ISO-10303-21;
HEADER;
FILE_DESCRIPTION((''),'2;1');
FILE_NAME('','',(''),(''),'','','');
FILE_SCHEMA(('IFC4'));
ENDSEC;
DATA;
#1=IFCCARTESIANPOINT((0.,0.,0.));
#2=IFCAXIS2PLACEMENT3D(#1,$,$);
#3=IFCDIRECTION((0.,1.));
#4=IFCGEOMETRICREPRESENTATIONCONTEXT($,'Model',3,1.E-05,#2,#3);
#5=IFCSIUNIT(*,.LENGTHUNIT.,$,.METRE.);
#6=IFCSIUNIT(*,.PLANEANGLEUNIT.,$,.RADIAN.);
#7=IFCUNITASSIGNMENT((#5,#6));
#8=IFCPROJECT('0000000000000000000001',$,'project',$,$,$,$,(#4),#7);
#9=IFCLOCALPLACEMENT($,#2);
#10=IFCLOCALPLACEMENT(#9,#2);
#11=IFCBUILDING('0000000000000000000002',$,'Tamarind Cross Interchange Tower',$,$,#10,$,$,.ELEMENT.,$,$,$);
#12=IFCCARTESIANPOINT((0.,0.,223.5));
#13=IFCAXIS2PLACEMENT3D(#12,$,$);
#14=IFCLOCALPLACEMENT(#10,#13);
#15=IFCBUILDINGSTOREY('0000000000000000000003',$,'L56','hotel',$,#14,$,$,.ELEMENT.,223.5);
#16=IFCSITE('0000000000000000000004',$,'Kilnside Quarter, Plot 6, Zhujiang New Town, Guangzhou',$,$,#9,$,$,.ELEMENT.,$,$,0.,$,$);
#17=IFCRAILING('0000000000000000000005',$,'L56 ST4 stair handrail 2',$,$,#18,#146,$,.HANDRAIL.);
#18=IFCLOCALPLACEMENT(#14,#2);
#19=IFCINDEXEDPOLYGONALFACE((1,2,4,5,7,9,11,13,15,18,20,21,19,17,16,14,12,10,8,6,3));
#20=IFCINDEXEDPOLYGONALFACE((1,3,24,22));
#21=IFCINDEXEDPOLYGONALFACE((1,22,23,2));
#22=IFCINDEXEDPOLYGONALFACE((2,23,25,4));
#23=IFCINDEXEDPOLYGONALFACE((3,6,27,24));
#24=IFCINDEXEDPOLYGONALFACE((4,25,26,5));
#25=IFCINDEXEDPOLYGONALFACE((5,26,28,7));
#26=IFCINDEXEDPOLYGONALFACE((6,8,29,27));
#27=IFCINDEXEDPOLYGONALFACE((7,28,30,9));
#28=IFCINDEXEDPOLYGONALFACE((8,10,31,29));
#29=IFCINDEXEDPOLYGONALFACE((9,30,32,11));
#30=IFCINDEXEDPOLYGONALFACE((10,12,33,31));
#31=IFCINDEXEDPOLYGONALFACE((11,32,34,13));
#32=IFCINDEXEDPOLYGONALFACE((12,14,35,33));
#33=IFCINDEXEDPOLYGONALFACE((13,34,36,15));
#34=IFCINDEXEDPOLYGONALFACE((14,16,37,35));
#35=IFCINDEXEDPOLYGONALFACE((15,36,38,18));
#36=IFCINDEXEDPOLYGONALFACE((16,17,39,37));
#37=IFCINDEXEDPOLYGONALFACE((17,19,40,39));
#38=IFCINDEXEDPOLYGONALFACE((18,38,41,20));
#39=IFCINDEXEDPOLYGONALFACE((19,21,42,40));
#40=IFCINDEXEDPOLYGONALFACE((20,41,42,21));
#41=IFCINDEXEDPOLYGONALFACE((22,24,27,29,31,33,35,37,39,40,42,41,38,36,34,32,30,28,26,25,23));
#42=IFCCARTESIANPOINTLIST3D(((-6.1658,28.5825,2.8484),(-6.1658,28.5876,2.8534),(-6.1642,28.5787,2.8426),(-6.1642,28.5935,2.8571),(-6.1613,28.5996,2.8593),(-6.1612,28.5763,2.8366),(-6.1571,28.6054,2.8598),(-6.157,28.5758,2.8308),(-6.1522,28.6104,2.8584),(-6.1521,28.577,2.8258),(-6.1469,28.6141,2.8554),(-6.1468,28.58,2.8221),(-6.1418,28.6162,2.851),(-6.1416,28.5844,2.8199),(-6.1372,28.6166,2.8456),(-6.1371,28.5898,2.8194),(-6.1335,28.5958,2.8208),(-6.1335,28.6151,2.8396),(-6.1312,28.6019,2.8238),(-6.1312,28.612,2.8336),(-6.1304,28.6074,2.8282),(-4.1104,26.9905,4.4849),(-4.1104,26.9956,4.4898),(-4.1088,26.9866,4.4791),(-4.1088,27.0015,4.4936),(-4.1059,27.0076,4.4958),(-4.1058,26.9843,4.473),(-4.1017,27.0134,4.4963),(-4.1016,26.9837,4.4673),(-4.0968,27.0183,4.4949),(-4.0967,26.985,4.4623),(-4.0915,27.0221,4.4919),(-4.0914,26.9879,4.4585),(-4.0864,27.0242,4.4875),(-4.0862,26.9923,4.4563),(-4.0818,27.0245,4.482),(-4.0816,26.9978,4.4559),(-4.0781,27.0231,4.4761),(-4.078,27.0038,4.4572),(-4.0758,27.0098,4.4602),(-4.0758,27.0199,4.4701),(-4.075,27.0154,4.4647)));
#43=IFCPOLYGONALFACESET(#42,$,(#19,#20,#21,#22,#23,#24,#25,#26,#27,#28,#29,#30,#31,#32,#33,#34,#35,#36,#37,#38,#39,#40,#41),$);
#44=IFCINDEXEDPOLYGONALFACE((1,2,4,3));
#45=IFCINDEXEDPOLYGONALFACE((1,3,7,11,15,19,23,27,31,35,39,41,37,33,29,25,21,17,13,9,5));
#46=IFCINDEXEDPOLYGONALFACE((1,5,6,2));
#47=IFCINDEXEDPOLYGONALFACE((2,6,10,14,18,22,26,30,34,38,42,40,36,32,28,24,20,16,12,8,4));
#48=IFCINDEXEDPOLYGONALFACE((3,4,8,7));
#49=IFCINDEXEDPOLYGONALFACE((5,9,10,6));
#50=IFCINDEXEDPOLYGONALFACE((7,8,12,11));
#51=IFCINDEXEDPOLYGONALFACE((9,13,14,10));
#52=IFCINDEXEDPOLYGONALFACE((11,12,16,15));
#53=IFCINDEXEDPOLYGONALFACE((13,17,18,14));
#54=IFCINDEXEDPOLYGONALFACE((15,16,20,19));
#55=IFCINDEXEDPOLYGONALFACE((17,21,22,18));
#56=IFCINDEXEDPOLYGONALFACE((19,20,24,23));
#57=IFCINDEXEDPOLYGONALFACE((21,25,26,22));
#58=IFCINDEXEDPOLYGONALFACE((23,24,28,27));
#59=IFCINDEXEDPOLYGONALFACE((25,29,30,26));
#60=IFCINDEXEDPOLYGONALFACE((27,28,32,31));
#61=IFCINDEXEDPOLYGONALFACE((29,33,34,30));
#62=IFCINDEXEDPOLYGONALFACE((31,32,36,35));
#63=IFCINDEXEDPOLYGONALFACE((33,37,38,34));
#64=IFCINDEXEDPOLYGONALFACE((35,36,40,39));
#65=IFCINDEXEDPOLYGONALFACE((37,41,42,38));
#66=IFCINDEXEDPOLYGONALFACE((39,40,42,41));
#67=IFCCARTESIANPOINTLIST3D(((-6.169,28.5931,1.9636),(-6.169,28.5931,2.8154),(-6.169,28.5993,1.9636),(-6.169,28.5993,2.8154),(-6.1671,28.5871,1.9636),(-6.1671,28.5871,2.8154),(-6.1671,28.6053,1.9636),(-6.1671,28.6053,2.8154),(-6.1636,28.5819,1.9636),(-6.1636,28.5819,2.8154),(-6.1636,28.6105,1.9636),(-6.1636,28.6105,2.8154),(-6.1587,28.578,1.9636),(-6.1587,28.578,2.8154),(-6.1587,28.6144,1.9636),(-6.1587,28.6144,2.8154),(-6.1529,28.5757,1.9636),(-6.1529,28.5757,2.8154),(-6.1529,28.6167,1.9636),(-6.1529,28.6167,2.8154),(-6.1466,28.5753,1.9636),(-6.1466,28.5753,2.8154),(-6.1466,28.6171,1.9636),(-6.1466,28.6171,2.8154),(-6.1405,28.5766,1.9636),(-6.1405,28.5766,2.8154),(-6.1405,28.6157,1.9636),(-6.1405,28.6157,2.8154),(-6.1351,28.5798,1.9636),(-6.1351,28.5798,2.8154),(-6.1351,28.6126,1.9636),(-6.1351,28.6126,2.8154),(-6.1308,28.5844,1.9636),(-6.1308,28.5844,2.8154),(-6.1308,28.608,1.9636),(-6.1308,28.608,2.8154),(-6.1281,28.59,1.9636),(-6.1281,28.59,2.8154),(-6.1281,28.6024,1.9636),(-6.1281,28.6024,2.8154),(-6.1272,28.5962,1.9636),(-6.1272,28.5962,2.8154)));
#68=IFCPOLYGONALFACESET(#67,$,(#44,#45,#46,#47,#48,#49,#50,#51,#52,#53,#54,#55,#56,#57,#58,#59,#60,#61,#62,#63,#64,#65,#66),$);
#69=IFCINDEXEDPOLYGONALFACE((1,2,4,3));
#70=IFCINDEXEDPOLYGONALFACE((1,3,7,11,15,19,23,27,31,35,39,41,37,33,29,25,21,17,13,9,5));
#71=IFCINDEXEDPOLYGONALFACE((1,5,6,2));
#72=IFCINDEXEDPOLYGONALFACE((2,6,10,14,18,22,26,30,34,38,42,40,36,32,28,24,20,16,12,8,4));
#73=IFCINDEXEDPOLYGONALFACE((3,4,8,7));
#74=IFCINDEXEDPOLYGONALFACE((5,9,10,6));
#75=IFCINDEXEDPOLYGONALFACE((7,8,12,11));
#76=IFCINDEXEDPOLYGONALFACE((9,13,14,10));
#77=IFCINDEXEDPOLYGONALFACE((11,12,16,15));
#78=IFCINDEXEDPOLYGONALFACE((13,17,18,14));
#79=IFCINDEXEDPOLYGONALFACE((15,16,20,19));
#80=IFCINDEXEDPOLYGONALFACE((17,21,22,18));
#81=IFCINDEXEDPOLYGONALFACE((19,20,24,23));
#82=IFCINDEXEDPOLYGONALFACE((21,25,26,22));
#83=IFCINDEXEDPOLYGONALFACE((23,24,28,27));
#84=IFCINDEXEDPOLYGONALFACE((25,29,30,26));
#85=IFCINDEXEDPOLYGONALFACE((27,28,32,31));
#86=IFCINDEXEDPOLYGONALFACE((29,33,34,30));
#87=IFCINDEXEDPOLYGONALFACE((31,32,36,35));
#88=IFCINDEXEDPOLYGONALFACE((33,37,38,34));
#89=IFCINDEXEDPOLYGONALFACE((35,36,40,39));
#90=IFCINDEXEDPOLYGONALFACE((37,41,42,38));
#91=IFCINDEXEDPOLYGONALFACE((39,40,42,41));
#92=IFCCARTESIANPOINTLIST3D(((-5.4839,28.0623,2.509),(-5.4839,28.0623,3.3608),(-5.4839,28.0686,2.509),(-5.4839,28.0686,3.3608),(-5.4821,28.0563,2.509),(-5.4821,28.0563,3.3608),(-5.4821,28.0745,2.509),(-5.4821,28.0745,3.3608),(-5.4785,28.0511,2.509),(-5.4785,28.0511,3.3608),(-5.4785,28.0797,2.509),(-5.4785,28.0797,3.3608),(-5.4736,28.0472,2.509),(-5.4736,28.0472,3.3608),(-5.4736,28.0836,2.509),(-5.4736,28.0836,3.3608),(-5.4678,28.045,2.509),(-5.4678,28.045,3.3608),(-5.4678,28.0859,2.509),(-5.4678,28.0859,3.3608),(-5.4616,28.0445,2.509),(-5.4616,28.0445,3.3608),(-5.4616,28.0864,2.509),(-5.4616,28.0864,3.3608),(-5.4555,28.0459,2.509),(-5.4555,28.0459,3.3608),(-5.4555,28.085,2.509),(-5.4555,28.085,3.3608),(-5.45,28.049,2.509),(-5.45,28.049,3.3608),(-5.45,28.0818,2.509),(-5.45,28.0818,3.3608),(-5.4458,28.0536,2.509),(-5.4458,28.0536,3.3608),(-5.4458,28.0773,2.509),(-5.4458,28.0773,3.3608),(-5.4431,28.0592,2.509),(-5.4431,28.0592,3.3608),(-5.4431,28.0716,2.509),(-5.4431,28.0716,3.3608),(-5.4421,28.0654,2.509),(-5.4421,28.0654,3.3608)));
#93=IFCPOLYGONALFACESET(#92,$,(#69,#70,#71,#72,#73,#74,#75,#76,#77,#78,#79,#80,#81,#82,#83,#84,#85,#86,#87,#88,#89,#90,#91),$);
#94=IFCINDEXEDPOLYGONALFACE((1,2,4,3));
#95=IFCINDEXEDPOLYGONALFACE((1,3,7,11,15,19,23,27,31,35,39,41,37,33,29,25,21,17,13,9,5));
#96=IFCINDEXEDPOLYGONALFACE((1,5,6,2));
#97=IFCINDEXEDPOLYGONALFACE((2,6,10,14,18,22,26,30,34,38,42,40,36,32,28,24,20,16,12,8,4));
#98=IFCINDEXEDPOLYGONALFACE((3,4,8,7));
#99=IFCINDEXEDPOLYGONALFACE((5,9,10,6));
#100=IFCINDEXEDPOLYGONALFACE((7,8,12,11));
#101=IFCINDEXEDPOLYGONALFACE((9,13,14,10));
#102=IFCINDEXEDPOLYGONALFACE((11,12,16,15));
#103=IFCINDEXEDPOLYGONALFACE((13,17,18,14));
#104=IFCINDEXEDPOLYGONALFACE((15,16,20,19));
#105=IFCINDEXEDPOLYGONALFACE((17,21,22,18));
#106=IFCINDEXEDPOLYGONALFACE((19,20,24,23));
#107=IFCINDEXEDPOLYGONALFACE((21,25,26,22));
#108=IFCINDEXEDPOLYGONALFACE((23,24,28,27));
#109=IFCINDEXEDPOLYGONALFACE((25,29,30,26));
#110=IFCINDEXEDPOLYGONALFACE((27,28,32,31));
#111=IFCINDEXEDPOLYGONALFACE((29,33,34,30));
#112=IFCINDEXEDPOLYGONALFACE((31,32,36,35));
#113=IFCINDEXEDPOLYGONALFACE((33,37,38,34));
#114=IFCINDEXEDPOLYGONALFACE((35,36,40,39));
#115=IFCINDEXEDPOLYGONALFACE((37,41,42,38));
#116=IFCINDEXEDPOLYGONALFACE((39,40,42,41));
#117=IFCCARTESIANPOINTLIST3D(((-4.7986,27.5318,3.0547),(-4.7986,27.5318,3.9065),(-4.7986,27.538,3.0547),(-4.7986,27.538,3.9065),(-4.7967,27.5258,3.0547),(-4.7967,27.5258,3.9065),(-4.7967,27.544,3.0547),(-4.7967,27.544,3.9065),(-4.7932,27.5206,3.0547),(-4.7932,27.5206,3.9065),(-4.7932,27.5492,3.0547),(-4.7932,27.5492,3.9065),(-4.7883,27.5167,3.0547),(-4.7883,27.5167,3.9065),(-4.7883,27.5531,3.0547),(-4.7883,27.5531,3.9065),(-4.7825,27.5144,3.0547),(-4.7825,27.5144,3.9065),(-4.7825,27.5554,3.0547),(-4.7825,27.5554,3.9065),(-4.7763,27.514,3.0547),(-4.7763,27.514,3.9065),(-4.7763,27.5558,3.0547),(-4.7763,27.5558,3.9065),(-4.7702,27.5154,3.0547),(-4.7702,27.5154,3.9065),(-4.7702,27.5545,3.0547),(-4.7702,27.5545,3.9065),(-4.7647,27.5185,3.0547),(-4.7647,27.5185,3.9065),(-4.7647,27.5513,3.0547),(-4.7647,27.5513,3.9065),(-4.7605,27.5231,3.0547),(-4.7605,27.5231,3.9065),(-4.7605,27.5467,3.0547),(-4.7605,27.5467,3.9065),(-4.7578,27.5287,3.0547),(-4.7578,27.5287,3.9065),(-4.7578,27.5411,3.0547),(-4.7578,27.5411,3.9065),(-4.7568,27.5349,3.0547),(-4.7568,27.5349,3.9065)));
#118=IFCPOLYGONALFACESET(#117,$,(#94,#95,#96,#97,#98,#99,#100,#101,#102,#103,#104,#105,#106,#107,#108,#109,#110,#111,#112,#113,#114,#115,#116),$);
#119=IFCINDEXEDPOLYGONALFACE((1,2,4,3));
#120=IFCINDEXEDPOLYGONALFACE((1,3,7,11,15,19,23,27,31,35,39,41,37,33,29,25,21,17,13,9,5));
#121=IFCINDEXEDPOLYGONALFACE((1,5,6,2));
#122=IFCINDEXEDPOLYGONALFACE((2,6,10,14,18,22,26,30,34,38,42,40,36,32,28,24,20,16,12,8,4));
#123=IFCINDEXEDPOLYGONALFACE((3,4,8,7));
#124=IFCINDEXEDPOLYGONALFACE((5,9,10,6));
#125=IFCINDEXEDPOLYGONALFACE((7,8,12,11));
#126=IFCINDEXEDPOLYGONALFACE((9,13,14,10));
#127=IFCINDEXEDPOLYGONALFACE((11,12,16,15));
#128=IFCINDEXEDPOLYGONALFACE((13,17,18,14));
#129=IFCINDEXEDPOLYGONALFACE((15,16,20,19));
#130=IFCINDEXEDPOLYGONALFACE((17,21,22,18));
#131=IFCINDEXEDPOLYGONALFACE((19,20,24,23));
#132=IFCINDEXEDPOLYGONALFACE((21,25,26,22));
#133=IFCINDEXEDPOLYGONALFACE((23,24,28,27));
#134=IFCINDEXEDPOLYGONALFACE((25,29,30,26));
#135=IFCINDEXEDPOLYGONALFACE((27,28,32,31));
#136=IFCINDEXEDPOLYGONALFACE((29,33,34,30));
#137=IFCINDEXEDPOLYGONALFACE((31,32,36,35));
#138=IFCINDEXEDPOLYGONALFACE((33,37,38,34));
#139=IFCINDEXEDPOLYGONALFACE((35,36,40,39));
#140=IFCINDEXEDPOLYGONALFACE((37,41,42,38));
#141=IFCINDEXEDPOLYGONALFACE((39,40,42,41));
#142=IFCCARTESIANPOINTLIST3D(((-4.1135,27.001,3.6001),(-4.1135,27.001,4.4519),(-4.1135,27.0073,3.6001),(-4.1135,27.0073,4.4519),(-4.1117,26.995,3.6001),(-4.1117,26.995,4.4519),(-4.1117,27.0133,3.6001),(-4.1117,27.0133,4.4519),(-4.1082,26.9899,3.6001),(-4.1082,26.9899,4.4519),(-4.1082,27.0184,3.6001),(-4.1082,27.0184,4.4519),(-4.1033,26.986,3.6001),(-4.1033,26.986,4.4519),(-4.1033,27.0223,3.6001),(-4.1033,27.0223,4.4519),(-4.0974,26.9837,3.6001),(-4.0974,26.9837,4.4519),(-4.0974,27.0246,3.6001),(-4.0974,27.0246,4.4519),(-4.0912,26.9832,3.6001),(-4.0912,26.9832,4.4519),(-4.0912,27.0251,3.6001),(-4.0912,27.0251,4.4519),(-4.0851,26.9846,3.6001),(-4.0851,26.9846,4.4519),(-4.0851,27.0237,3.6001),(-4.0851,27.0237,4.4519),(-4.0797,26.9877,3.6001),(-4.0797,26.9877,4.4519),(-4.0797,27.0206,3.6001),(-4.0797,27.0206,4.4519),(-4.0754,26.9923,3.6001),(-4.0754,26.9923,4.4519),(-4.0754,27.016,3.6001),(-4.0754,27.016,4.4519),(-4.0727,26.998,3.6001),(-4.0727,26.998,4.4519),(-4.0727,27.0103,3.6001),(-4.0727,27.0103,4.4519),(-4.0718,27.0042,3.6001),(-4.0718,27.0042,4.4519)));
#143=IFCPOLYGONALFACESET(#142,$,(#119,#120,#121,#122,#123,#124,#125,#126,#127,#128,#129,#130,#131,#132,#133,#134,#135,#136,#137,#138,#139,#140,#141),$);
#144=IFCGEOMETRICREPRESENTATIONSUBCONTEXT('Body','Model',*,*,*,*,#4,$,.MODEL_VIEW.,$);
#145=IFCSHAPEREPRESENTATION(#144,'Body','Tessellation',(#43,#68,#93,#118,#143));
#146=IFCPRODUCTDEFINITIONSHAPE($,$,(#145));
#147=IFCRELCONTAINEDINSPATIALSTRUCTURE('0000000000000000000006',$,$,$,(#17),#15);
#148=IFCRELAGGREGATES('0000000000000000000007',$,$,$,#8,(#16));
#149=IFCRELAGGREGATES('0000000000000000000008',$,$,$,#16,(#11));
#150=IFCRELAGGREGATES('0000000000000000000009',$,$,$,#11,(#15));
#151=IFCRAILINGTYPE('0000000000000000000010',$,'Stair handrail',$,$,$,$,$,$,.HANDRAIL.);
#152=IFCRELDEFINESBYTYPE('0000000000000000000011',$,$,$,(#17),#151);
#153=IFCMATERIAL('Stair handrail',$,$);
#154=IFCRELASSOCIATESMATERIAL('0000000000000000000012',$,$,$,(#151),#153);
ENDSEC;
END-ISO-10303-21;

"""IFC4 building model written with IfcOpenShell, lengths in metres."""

from ifc_helpers import new_model, si_unit, direction, frame, origin, origin_2d, place, context, subcontext, project, spatial, circle, extrude, material, type_object, element, save


model = new_model("IFC4")

# Units and contexts
model_context = context("Model", 3, precision=1e-05, world=origin(), true_north=direction((0.0, 1.0)))
body_context = subcontext(model_context, "Body", "Model", "MODEL_VIEW")
ifc_project = project(units=[si_unit("LENGTHUNIT", "METRE"), si_unit("PLANEANGLEUNIT", "RADIAN")], contexts=[model_context])

# Site, building, storey
site_placement = place(None, origin())
site = spatial("IfcSite", under=ifc_project, at=site_placement, Name="Kilnside Quarter, Plot 6, Zhujiang New Town, Guangzhou", CompositionType="ELEMENT", RefElevation=0.0)
building_placement = place(site_placement, origin())
building = spatial("IfcBuilding", under=site, at=building_placement, Name="Tamarind Cross Interchange Tower", CompositionType="ELEMENT")
storey_placement = place(building_placement, frame((0.0, 0.0, 223.5)))
storey = spatial("IfcBuildingStorey", under=building, at=storey_placement, Name="L56", Description="hotel", CompositionType="ELEMENT", Elevation=223.5)

# Railing
ifc_material_1 = material(Name="Stair handrail")
railing_type_1 = type_object("IfcRailingType", Name="Stair handrail", PredefinedType="HANDRAIL", material=ifc_material_1)
railing_1_placement = place(storey_placement, frame((-6.1482, 28.5962, 1.9636)))
element("IfcRailing", 1, at=railing_1_placement, inside=storey, type_object=railing_type_1, Name="L56 ST4 stair handrail 2", PredefinedType="HANDRAIL", context=body_context, shape_type="SweptSolid", body=[
    extrude(circle(Radius=0.0239, at=origin_2d()), frame((0.0, 0.0, 0.876), z_axis=(0.669075, -0.518237, 0.532701), x_axis=(0.612353, 0.790584, 0.0)), (0.0, 0.0, 1.0), 3.072),
    extrude(circle(Radius=0.021, at=origin_2d()), origin(), (0.0, 0.0, 1.0), 0.8518),
    extrude(circle(Radius=0.021, at=origin_2d()), frame((0.6851, -0.5308, 0.5454)), (0.0, 0.0, 1.0), 0.8518),
    extrude(circle(Radius=0.021, at=origin_2d()), frame((1.3704, -1.0613, 1.0911)), (0.0, 0.0, 1.0), 0.8518),
    extrude(circle(Radius=0.021, at=origin_2d()), frame((2.0554, -1.592, 1.6365)), (0.0, 0.0, 1.0), 0.8518),
])

save(model, "model.ifc")
